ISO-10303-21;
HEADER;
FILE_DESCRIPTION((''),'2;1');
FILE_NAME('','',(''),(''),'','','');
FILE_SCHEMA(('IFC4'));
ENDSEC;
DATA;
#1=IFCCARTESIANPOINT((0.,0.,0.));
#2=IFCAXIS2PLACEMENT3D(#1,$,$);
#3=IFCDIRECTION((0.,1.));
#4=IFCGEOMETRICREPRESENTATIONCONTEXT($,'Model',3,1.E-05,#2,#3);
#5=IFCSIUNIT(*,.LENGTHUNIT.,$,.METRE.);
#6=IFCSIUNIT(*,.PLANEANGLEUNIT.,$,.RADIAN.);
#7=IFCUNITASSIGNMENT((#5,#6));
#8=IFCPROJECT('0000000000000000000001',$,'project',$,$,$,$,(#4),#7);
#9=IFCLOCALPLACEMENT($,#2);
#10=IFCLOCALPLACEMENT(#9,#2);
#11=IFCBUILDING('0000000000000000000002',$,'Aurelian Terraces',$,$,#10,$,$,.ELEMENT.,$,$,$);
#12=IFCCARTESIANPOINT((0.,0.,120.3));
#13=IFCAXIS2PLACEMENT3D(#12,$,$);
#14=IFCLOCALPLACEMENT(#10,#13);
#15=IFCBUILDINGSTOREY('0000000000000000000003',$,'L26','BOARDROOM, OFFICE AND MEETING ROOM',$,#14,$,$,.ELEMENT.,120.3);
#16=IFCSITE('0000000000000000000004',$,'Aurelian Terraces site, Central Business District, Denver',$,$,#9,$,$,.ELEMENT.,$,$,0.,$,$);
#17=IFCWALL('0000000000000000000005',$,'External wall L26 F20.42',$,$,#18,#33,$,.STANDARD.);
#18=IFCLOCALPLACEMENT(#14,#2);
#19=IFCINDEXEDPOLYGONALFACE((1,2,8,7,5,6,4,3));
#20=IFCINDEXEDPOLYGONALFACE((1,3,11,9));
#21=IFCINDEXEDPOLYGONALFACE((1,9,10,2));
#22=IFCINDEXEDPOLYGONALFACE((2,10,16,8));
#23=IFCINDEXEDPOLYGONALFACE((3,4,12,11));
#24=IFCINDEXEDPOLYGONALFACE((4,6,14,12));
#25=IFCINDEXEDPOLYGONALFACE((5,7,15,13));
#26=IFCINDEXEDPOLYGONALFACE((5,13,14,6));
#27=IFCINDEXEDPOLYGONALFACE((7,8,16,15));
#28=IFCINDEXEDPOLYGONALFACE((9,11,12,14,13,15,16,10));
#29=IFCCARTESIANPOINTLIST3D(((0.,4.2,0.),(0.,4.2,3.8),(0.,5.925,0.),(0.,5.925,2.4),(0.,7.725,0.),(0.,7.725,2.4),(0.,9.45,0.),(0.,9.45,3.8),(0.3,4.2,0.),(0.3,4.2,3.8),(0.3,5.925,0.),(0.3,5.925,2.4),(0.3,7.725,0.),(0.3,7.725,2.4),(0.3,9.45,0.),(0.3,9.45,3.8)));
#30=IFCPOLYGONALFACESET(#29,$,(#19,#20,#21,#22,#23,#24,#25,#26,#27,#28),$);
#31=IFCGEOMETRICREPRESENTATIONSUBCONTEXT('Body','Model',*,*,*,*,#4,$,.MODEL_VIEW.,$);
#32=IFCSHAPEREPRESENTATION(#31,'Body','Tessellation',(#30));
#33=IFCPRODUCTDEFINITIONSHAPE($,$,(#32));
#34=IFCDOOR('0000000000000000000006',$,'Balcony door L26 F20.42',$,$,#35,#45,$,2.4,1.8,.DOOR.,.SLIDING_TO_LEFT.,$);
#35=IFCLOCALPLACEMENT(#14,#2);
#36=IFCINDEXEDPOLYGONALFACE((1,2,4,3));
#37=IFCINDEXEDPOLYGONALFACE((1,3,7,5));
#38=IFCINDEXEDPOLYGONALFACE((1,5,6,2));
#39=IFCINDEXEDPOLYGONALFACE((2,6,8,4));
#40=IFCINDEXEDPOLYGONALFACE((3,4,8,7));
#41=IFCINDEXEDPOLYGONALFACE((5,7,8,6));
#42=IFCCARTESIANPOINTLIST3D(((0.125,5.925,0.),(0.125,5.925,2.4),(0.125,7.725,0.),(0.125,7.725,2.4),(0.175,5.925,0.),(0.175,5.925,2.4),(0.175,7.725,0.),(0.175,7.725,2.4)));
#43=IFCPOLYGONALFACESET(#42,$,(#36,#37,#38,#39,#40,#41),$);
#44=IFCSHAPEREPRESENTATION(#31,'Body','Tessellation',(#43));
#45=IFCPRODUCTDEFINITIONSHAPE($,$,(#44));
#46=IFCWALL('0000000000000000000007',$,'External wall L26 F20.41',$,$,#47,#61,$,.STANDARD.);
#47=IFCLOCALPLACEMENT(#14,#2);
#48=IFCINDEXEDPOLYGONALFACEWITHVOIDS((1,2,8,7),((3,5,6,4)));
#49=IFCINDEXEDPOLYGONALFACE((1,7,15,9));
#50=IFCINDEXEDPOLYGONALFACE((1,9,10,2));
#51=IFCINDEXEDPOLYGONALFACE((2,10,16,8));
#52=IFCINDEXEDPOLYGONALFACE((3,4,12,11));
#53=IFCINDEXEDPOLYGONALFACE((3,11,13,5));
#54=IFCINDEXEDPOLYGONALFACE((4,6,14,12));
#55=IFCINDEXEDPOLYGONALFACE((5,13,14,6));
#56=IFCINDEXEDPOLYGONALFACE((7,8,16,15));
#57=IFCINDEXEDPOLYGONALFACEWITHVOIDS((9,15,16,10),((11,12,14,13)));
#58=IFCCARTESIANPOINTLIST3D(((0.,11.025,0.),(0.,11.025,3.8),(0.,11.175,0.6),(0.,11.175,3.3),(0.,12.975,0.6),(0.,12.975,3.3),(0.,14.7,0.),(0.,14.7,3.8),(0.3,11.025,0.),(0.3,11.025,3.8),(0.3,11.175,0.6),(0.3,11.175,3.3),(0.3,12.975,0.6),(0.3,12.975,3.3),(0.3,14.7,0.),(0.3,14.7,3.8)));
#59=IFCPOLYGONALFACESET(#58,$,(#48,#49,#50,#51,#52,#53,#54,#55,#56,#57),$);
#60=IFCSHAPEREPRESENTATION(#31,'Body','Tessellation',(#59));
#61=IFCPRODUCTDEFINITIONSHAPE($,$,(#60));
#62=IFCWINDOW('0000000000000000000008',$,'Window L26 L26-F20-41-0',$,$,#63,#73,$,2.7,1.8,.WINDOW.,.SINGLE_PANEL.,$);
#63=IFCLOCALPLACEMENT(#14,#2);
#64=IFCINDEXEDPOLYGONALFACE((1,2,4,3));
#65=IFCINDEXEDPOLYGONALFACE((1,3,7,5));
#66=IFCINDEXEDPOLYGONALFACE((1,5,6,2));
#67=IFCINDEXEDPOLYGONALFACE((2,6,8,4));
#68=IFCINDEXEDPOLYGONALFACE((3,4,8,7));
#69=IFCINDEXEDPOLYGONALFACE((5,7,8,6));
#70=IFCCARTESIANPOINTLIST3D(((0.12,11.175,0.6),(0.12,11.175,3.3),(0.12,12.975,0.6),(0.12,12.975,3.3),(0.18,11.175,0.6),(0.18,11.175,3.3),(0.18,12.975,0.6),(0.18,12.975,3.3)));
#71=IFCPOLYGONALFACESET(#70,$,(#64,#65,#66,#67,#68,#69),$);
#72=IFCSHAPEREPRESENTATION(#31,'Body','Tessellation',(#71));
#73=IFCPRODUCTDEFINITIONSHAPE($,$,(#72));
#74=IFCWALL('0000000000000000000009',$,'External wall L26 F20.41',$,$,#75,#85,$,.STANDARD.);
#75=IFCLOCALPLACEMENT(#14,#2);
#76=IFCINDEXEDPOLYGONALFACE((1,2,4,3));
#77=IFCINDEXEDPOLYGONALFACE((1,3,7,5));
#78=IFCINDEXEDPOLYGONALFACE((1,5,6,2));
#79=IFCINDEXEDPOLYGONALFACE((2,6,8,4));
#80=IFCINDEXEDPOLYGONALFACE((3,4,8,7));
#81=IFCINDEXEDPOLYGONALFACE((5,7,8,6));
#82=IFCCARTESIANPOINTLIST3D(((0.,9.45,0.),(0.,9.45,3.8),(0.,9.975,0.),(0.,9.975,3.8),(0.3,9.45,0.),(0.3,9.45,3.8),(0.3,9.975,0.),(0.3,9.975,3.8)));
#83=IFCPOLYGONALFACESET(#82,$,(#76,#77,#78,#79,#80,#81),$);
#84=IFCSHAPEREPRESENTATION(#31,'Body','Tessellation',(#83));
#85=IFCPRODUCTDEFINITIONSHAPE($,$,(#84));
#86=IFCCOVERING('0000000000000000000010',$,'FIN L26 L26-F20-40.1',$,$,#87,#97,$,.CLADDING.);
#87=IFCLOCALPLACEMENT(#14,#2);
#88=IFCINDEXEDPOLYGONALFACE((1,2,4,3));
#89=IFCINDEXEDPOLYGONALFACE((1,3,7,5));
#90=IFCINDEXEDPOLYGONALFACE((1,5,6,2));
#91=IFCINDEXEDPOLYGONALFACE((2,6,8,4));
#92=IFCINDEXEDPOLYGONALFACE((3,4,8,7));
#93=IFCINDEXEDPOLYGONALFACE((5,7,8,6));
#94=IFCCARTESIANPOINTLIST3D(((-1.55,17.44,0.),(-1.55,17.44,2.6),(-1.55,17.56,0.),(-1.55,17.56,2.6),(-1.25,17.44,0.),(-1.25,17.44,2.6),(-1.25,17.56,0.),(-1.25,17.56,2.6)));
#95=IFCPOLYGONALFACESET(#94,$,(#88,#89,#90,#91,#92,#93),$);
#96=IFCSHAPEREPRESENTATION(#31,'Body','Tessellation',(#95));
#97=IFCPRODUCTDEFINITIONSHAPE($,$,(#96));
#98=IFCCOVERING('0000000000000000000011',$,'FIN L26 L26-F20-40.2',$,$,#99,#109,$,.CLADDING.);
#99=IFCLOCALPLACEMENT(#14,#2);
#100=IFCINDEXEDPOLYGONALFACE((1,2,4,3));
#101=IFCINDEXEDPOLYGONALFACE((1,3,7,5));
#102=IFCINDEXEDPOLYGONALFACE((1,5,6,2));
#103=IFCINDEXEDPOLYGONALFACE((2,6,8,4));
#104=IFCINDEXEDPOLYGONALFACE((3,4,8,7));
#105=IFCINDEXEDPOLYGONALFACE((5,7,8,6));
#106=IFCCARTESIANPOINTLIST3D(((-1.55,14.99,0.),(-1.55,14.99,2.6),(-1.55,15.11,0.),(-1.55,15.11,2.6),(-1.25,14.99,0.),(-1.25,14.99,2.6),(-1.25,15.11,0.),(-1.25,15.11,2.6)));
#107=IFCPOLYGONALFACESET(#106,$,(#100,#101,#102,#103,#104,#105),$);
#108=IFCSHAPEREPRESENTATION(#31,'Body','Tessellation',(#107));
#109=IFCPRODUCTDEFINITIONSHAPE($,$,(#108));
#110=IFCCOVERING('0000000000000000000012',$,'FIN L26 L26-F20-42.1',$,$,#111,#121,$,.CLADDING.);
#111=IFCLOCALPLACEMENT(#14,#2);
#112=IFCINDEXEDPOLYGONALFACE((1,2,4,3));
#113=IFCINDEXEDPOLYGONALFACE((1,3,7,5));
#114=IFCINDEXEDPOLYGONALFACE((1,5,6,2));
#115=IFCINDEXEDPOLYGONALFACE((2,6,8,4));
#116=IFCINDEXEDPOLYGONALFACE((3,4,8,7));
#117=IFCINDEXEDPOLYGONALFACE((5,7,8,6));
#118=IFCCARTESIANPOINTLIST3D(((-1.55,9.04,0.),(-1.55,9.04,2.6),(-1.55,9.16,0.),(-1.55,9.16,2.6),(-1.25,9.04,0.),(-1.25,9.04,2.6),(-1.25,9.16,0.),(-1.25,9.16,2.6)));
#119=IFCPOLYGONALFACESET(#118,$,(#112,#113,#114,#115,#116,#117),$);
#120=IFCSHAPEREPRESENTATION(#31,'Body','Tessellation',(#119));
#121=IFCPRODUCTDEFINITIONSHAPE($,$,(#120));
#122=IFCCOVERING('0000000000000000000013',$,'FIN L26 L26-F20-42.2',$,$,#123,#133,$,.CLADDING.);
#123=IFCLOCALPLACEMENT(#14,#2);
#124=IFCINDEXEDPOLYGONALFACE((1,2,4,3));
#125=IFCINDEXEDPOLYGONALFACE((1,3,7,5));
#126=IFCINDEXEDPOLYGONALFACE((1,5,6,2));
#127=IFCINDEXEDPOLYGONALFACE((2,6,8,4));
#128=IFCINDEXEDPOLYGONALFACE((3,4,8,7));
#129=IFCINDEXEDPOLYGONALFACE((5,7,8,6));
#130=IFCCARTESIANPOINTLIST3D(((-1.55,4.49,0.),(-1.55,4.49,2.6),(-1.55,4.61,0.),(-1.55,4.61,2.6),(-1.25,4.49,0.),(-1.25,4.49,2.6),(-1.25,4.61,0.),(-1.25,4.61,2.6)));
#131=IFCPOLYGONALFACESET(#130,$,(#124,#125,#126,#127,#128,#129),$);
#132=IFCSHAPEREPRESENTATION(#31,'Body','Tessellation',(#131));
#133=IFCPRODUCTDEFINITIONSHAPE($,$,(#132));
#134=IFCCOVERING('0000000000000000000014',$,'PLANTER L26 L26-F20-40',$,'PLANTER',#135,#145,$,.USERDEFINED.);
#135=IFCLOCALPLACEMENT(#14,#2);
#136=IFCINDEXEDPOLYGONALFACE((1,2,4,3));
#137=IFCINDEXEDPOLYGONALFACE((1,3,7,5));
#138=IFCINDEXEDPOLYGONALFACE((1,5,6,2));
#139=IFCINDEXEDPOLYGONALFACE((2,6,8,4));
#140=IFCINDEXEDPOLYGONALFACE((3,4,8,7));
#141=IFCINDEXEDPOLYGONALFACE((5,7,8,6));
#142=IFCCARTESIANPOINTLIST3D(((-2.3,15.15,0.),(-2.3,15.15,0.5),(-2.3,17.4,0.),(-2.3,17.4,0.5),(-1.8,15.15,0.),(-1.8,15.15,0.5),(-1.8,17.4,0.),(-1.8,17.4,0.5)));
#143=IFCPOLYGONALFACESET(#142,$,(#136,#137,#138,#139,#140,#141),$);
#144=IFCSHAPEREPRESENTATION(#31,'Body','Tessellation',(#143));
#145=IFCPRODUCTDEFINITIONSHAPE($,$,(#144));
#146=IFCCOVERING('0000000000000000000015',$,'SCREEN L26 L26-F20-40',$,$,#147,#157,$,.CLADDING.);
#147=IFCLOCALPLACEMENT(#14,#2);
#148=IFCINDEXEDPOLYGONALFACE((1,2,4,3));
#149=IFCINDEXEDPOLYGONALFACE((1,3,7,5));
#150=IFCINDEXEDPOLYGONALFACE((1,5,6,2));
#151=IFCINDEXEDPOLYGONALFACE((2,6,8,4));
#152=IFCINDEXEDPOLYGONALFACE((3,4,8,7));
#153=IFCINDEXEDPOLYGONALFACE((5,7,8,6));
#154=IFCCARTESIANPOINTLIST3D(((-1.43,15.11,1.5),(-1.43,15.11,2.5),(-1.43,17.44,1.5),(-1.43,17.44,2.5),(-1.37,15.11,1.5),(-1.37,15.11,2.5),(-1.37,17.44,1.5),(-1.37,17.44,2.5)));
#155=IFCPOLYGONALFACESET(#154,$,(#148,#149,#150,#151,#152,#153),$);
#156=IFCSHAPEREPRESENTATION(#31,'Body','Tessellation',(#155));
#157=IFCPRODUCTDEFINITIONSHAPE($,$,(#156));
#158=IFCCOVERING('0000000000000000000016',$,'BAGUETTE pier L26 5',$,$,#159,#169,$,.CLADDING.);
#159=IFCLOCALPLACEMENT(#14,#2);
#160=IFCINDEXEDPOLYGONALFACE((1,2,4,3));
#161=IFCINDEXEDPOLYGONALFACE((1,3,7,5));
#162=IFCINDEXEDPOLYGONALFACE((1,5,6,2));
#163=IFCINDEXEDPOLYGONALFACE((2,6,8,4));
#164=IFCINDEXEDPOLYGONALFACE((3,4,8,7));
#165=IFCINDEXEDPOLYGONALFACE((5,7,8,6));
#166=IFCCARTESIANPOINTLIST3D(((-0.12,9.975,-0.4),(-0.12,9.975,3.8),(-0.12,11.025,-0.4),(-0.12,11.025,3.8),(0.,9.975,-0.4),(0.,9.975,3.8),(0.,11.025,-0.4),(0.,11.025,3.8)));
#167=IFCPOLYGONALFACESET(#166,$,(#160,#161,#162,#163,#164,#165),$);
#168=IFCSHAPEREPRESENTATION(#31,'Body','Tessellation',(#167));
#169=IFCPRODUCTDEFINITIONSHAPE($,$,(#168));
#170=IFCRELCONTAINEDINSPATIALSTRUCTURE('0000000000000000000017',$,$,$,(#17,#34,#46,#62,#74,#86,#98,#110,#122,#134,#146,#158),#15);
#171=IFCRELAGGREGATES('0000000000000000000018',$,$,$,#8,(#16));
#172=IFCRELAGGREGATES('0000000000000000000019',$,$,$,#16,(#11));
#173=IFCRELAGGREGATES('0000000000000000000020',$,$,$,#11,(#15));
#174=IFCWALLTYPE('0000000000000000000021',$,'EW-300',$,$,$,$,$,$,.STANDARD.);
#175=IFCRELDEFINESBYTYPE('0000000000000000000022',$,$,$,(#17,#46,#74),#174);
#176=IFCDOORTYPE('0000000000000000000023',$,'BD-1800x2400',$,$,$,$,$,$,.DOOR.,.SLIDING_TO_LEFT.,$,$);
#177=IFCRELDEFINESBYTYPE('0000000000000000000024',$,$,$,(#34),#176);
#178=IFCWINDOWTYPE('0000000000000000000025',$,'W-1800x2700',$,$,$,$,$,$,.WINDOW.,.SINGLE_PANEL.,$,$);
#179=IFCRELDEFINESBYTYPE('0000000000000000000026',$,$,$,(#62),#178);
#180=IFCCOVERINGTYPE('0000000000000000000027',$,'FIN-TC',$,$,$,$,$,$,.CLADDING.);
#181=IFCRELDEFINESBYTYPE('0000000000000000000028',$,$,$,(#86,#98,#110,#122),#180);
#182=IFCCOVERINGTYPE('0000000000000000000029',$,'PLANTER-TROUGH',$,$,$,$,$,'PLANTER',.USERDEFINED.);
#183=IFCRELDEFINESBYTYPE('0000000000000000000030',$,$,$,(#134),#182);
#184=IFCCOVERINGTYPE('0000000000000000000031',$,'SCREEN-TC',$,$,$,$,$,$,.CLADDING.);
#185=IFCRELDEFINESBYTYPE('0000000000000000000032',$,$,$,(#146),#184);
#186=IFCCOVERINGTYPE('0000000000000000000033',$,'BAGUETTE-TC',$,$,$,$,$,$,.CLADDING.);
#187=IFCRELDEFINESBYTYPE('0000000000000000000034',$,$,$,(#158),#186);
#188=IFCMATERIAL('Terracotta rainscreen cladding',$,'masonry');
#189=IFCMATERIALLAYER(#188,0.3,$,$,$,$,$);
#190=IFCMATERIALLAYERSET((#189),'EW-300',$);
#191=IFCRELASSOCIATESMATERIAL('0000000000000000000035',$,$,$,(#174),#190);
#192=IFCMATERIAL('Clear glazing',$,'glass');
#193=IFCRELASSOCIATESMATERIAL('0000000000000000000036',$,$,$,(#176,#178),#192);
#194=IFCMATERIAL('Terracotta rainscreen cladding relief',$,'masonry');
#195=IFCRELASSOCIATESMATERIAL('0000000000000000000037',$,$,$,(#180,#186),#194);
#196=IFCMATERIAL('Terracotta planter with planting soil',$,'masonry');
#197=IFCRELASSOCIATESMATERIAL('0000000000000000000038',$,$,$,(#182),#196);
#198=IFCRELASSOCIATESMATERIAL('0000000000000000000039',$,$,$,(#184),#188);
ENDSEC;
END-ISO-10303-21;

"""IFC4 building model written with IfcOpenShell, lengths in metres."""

from ifc_helpers import new_model, si_unit, direction, frame, frame_2d, origin, origin_2d, place, context, subcontext, project, spatial, rectangle, extrude, source, transform, mapped, material, layer, layer_set, type_object, element, fill, save


model = new_model("IFC4")

# Units and contexts
model_context = context("Model", 3, precision=1e-05, world=origin(), true_north=direction((0.0, 1.0)))
body_context = subcontext(model_context, "Body", "Model", "MODEL_VIEW")
ifc_project = project(units=[si_unit("LENGTHUNIT", "METRE"), si_unit("PLANEANGLEUNIT", "RADIAN")], contexts=[model_context])

# Site, building, storey
site_placement = place(None, origin())
site = spatial("IfcSite", under=ifc_project, at=site_placement, Name="Aurelian Terraces site, Central Business District, Denver", CompositionType="ELEMENT", RefElevation=0.0)
building_placement = place(site_placement, origin())
building = spatial("IfcBuilding", under=site, at=building_placement, Name="Aurelian Terraces", CompositionType="ELEMENT")
storey_placement = place(building_placement, frame((0.0, 0.0, 120.3)))
storey = spatial("IfcBuildingStorey", under=building, at=storey_placement, Name="L26", Description="BOARDROOM, OFFICE AND MEETING ROOM", CompositionType="ELEMENT", Elevation=120.3)

# Shared definitions
ifc_material_1 = material(Name="Terracotta rainscreen cladding", Category="masonry")
ifc_layer_1 = layer(ifc_material_1, 0.3)
ifc_layer_set_1 = layer_set([ifc_layer_1], Name="EW-300")
wall_type_1 = type_object("IfcWallType", Name="EW-300", PredefinedType="STANDARD", material=ifc_layer_set_1)
shared_shape_1 = source(origin(), body_context, "Body", "SweptSolid", [
    extrude(rectangle(XDim=1.8, YDim=2.4, at=frame_2d((0.9, 1.2))), frame((0.0, 0.16, 0.0), z_axis=(0.0, -1.0, 0.0), x_axis=(1.0, 0.0, 0.0)), (0.0, 0.0, 1.0), 0.32),
])
ifc_material_2 = material(Name="Clear glazing", Category="glass")
door_type_1 = type_object("IfcDoorType", Name="BD-1800x2400", OperationType="SLIDING_TO_LEFT", PredefinedType="DOOR", material=ifc_material_2)
shared_shape_2 = source(origin(), body_context, "Body", "SweptSolid", [
    extrude(rectangle(XDim=1.8, YDim=2.4, at=frame_2d((0.9, 1.2))), frame((0.0, 0.025, 0.0), z_axis=(0.0, -1.0, 0.0), x_axis=(1.0, 0.0, 0.0)), (0.0, 0.0, 1.0), 0.05),
])

# Shared definitions
shared_shape_3 = source(origin(), body_context, "Body", "SweptSolid", [
    extrude(rectangle(XDim=1.8, YDim=2.7, at=frame_2d((0.9, 1.35))), frame((0.0, 0.16, 0.0), z_axis=(0.0, -1.0, 0.0), x_axis=(1.0, 0.0, 0.0)), (0.0, 0.0, 1.0), 0.32),
])
window_type = type_object("IfcWindowType", Name="W-1800x2700", PartitioningType="SINGLE_PANEL", PredefinedType="WINDOW", material=ifc_material_2)
shared_shape_4 = source(origin(), body_context, "Body", "SweptSolid", [
    extrude(rectangle(XDim=1.8, YDim=2.7, at=frame_2d((0.9, 1.35))), frame((0.0, 0.03, 0.0), z_axis=(0.0, -1.0, 0.0), x_axis=(1.0, 0.0, 0.0)), (0.0, 0.0, 1.0), 0.06),
])

# Wall, opening, door
shared_shape_5 = source(origin(), body_context, "Body", "SweptSolid", [
    extrude(rectangle(XDim=5.25, YDim=0.3, at=frame_2d((2.625, 0.0))), origin(), (0.0, 0.0, 1.0), 3.8),
])
wall_1_placement = place(storey_placement, frame((0.15, 9.45, 0.0), z_axis=(0.0, 0.0, 1.0), x_axis=(0.0, -1.0, 0.0)))
wall_1 = element("IfcWall", 1, at=wall_1_placement, inside=storey, type_object=wall_type_1, Name="External wall L26 F20.42", PredefinedType="STANDARD", context=body_context, shape_type="MappedRepresentation", body=[
    mapped(shared_shape_5, transform((0.0, 0.0, 0.0), scale=1.0)),
])
opening_1_placement = place(wall_1_placement, frame((1.725, 0.0, 0.0)))
opening_1 = element("IfcOpeningElement", 2, at=opening_1_placement, cuts=wall_1, PredefinedType="OPENING", context=body_context, shape_type="MappedRepresentation", body=[
    mapped(shared_shape_1, transform((0.0, 0.0, 0.0), scale=1.0)),
])
door_1_placement = place(opening_1_placement, origin())
door_1 = element("IfcDoor", 3, at=door_1_placement, inside=storey, type_object=door_type_1, Name="Balcony door L26 F20.42", OperationType="SLIDING_TO_LEFT", OverallHeight=2.4, OverallWidth=1.8, PredefinedType="DOOR", context=body_context, shape_type="MappedRepresentation", body=[
    mapped(shared_shape_2, transform((0.0, 0.0, 0.0), scale=1.0)),
])
fill(opening_1, door_1)

# Wall, opening, window
shared_shape_6 = source(origin(), body_context, "Body", "SweptSolid", [
    extrude(rectangle(XDim=3.675, YDim=0.3, at=frame_2d((1.8375, 0.0))), origin(), (0.0, 0.0, 1.0), 3.8),
])
wall_2_placement = place(storey_placement, frame((0.15, 14.7, 0.0), z_axis=(0.0, 0.0, 1.0), x_axis=(0.0, -1.0, 0.0)))
wall_2 = element("IfcWall", 4, at=wall_2_placement, inside=storey, type_object=wall_type_1, Name="External wall L26 F20.41", PredefinedType="STANDARD", context=body_context, shape_type="MappedRepresentation", body=[
    mapped(shared_shape_6, transform((0.0, 0.0, 0.0), scale=1.0)),
])
opening_2_placement = place(wall_2_placement, frame((1.725, 0.0, 0.6)))
opening_2 = element("IfcOpeningElement", 5, at=opening_2_placement, cuts=wall_2, PredefinedType="OPENING", context=body_context, shape_type="MappedRepresentation", body=[
    mapped(shared_shape_3, transform((0.0, 0.0, 0.0), scale=1.0)),
])
window_1_placement = place(opening_2_placement, origin())
window_1 = element("IfcWindow", 6, at=window_1_placement, inside=storey, type_object=window_type, Name="Window L26 L26-F20-41-0", OverallHeight=2.7, OverallWidth=1.8, PartitioningType="SINGLE_PANEL", PredefinedType="WINDOW", context=body_context, shape_type="MappedRepresentation", body=[
    mapped(shared_shape_4, transform((0.0, 0.0, 0.0), scale=1.0)),
])
fill(opening_2, window_1)

# Wall
shared_shape_7 = source(origin(), body_context, "Body", "SweptSolid", [
    extrude(rectangle(XDim=0.525, YDim=0.3, at=frame_2d((0.2625, 0.0))), origin(), (0.0, 0.0, 1.0), 3.8),
])
wall_3_placement = place(storey_placement, frame((0.15, 9.975, 0.0), z_axis=(0.0, 0.0, 1.0), x_axis=(0.0, -1.0, 0.0)))
element("IfcWall", 7, at=wall_3_placement, inside=storey, type_object=wall_type_1, Name="External wall L26 F20.41", PredefinedType="STANDARD", context=body_context, shape_type="MappedRepresentation", body=[
    mapped(shared_shape_7, transform((0.0, 0.0, 0.0), scale=1.0)),
])

# Coverings
ifc_material_3 = material(Name="Terracotta rainscreen cladding relief", Category="masonry")
covering_type_1 = type_object("IfcCoveringType", Name="FIN-TC", PredefinedType="CLADDING", material=ifc_material_3)
shared_shape_8 = source(origin(), body_context, "Body", "SweptSolid", [
    extrude(rectangle(XDim=0.3, YDim=0.12, at=origin_2d()), origin(), (0.0, 0.0, 1.0), 2.6),
])
for number, where, z_axis, x_axis, name in (
    (8, (-1.4, 17.5, 0.0), (0.0, 0.0, 1.0), (1.0, 0.0, 0.0), "FIN L26 L26-F20-40.1"),
    (9, (-1.4, 15.05, 0.0), (0.0, 0.0, 1.0), (1.0, 0.0, 0.0), "FIN L26 L26-F20-40.2"),
    (10, (-1.4, 9.1, 0.0), (0.0, 0.0, 1.0), (1.0, 0.0, 0.0), "FIN L26 L26-F20-42.1"),
    (11, (-1.4, 4.55, 0.0), (0.0, 0.0, 1.0), (1.0, 0.0, 0.0), "FIN L26 L26-F20-42.2"),
):
    element("IfcCovering", number, at=place(storey_placement, frame(where, z_axis=z_axis, x_axis=x_axis)), inside=storey, type_object=covering_type_1, Name=name, PredefinedType="CLADDING", context=body_context, shape_type="MappedRepresentation", body=[
        mapped(shared_shape_8, transform((0.0, 0.0, 0.0), scale=1.0)),
    ])
ifc_material_4 = material(Name="Terracotta planter with planting soil", Category="masonry")
covering_type_2 = type_object("IfcCoveringType", Name="PLANTER-TROUGH", ElementType="PLANTER", PredefinedType="USERDEFINED", material=ifc_material_4)
shared_shape_9 = source(origin(), body_context, "Body", "SweptSolid", [
    extrude(rectangle(XDim=0.5, YDim=2.25, at=origin_2d()), origin(), (0.0, 0.0, 1.0), 0.5),
])
covering_1_placement = place(storey_placement, frame((-2.05, 16.275, 0.0), z_axis=(0.0, 0.0, 1.0), x_axis=(1.0, 0.0, 0.0)))
element("IfcCovering", 12, at=covering_1_placement, inside=storey, type_object=covering_type_2, Name="PLANTER L26 L26-F20-40", ObjectType="PLANTER", PredefinedType="USERDEFINED", context=body_context, shape_type="MappedRepresentation", body=[
    mapped(shared_shape_9, transform((0.0, 0.0, 0.0), scale=1.0)),
])
covering_type_3 = type_object("IfcCoveringType", Name="SCREEN-TC", PredefinedType="CLADDING", material=ifc_material_1)
shared_shape_10 = source(origin(), body_context, "Body", "SweptSolid", [
    extrude(rectangle(XDim=0.06, YDim=2.33, at=origin_2d()), origin(), (0.0, 0.0, 1.0), 1.0),
])
covering_2_placement = place(storey_placement, frame((-1.4, 16.275, 1.5), z_axis=(0.0, 0.0, 1.0), x_axis=(1.0, 0.0, 0.0)))
element("IfcCovering", 13, at=covering_2_placement, inside=storey, type_object=covering_type_3, Name="SCREEN L26 L26-F20-40", PredefinedType="CLADDING", context=body_context, shape_type="MappedRepresentation", body=[
    mapped(shared_shape_10, transform((0.0, 0.0, 0.0), scale=1.0)),
])

# Covering
covering_type_4 = type_object("IfcCoveringType", Name="BAGUETTE-TC", PredefinedType="CLADDING", material=ifc_material_3)
shared_shape_11 = source(origin(), body_context, "Body", "SweptSolid", [
    extrude(rectangle(XDim=0.12, YDim=1.05, at=origin_2d()), origin(), (0.0, 0.0, 1.0), 4.2),
])
covering_3_placement = place(storey_placement, frame((-0.06, 10.5, -0.4), z_axis=(0.0, 0.0, 1.0), x_axis=(1.0, 0.0, 0.0)))
element("IfcCovering", 14, at=covering_3_placement, inside=storey, type_object=covering_type_4, Name="BAGUETTE pier L26 5", PredefinedType="CLADDING", context=body_context, shape_type="MappedRepresentation", body=[
    mapped(shared_shape_11, transform((0.0, 0.0, 0.0), scale=1.0)),
])

save(model, "model.ifc")
